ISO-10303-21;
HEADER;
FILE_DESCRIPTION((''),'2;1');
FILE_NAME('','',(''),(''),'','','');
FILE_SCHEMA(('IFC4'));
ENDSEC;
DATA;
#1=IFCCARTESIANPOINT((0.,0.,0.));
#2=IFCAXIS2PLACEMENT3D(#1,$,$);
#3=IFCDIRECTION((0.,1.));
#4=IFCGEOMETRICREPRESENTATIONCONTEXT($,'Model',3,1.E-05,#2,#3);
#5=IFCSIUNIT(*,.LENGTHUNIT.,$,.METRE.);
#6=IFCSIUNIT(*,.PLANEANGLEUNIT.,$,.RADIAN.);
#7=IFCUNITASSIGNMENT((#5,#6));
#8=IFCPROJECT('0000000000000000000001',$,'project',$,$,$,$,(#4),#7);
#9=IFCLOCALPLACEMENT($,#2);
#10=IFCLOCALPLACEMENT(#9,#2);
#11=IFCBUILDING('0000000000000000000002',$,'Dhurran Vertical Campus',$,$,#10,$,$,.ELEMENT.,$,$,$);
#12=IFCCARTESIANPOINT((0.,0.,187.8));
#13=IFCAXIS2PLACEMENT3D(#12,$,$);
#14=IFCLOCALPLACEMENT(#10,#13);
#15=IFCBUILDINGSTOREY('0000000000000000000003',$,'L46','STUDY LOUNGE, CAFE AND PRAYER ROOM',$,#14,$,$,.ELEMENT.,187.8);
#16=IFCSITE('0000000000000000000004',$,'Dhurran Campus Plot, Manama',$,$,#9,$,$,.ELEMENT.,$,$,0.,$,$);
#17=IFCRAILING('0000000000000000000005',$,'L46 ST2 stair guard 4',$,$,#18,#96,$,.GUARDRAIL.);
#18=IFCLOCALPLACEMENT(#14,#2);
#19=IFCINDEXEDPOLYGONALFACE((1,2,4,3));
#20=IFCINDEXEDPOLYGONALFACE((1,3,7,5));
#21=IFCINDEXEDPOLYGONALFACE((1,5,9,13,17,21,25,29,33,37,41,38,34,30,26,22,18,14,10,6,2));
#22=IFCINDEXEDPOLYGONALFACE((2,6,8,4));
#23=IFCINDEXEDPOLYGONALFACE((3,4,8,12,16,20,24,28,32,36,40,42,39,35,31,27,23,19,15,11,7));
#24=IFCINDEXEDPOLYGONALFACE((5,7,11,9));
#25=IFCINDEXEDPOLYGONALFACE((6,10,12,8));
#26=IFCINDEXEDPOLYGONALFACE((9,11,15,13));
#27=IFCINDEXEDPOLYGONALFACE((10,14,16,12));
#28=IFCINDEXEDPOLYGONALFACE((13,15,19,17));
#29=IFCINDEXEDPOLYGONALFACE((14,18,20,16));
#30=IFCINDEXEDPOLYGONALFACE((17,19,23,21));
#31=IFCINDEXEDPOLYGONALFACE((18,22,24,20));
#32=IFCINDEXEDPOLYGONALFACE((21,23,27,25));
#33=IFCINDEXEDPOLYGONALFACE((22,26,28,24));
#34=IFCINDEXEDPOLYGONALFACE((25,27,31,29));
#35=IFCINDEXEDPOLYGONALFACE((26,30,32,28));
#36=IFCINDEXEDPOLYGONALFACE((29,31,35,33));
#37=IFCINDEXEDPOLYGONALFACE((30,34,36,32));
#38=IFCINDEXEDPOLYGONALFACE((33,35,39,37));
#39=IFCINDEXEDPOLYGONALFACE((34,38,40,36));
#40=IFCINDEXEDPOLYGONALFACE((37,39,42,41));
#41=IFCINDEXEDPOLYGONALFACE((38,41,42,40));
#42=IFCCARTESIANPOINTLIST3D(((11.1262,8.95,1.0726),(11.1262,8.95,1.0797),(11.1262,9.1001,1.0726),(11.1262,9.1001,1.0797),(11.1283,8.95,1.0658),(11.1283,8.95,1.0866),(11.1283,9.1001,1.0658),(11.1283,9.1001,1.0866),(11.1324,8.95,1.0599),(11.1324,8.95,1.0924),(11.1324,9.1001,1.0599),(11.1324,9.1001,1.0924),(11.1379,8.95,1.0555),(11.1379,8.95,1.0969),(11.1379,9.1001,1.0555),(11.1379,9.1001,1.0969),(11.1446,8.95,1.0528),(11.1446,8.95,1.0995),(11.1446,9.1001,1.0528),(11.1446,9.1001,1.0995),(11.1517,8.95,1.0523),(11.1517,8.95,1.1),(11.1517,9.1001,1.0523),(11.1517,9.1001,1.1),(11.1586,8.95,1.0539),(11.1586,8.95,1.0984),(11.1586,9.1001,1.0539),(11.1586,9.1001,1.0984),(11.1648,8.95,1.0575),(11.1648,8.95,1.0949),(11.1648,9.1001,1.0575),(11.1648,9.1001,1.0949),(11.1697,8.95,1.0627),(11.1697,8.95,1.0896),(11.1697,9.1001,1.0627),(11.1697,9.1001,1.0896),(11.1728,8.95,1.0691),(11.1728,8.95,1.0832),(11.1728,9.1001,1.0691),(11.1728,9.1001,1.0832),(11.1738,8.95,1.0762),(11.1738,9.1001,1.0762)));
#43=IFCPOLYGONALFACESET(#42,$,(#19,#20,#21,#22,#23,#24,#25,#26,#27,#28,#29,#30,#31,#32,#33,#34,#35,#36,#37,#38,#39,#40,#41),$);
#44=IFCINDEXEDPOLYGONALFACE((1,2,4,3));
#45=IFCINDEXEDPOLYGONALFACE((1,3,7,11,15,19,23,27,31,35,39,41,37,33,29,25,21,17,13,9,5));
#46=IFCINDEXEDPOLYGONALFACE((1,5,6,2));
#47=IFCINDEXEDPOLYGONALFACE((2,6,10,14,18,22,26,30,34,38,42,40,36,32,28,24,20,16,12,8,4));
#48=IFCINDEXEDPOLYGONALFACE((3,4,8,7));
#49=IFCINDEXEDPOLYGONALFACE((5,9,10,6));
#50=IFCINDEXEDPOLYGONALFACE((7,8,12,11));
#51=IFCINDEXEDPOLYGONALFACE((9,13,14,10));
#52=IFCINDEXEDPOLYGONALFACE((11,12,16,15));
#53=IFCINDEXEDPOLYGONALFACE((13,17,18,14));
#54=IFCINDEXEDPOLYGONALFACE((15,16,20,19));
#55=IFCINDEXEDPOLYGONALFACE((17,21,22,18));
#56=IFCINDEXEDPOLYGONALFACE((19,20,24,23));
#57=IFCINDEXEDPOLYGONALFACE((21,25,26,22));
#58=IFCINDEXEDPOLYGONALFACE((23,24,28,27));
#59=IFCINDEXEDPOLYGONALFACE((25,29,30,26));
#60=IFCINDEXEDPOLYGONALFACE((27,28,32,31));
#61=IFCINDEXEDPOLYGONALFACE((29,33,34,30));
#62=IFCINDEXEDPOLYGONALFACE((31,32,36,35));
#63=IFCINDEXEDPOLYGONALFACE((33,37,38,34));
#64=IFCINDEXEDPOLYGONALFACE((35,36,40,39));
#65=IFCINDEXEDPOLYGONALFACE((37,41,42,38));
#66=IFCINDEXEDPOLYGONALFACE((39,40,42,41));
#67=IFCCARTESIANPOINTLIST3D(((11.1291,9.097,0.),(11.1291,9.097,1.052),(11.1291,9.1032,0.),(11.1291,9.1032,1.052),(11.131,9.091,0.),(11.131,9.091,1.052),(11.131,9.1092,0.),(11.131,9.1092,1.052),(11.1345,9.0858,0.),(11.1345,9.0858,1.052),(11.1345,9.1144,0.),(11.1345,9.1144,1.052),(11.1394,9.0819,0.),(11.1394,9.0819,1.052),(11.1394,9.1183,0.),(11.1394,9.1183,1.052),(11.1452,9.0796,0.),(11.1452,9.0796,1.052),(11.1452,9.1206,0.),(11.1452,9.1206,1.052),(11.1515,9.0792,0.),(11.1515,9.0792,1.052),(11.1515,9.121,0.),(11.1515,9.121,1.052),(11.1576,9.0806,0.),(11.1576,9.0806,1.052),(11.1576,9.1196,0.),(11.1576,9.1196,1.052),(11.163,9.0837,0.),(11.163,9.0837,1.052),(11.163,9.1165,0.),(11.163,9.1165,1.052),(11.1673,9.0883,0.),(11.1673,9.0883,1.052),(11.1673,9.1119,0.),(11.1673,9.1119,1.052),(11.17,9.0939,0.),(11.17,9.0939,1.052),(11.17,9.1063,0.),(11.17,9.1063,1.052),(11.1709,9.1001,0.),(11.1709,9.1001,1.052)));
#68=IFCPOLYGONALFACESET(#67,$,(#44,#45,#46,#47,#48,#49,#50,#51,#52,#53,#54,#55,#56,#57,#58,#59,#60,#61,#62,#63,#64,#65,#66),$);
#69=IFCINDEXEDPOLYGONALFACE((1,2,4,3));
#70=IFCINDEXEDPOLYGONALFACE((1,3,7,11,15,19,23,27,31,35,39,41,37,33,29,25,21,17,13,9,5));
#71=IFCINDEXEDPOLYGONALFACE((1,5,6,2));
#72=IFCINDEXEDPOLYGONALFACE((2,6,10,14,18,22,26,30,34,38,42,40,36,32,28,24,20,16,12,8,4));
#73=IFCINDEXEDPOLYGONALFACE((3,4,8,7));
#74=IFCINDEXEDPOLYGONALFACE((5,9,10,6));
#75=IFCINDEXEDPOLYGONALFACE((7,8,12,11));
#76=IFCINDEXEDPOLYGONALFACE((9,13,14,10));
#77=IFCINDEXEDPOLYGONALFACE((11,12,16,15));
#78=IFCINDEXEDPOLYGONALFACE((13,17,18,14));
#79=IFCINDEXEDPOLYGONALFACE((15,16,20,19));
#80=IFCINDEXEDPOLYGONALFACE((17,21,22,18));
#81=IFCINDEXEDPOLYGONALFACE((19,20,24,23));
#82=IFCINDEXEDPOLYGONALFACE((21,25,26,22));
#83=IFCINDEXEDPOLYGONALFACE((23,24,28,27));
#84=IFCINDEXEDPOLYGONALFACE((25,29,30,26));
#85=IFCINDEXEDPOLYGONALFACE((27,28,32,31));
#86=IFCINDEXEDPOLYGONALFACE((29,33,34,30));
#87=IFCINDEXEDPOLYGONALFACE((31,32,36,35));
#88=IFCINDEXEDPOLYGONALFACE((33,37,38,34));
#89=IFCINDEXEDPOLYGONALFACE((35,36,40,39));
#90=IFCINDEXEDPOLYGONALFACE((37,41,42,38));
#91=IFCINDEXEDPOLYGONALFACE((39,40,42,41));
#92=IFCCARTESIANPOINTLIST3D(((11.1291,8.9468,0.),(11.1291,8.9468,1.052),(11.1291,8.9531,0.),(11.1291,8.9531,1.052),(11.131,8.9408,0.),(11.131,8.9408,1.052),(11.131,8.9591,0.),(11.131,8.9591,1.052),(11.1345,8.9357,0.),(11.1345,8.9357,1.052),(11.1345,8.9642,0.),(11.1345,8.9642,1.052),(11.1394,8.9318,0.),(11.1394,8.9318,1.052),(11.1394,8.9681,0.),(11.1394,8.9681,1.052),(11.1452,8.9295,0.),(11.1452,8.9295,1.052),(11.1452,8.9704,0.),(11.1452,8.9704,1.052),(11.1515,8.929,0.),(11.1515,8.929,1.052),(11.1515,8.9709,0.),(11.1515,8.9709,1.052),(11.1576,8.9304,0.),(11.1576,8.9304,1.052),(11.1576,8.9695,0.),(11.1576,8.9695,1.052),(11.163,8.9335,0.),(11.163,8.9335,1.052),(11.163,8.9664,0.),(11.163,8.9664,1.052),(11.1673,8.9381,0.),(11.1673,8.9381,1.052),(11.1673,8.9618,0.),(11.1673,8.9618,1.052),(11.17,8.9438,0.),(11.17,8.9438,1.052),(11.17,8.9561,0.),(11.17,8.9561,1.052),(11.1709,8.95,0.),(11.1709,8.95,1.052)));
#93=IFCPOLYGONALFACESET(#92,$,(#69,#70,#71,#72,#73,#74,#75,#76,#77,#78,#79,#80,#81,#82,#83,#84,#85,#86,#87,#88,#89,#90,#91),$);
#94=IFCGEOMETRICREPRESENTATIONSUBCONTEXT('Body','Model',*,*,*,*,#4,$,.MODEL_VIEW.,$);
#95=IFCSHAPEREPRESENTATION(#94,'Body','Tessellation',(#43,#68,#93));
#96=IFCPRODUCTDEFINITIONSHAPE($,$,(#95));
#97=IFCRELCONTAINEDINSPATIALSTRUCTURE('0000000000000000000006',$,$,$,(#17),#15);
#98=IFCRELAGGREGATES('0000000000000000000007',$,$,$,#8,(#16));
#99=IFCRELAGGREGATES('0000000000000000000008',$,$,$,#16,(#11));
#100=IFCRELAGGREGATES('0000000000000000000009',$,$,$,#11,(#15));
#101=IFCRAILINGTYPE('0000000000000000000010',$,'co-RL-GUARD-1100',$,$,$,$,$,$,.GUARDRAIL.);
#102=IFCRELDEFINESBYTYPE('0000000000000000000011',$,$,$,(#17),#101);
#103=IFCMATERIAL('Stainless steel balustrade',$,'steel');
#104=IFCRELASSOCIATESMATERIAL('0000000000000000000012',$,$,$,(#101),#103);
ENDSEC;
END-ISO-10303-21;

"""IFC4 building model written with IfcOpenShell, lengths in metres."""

from ifc_helpers import new_model, si_unit, direction, frame, origin, origin_2d, place, context, subcontext, project, spatial, circle, extrude, material, type_object, element, save


model = new_model("IFC4")

# Units and contexts
model_context = context("Model", 3, precision=1e-05, world=origin(), true_north=direction((0.0, 1.0)))
body_context = subcontext(model_context, "Body", "Model", "MODEL_VIEW")
ifc_project = project(units=[si_unit("LENGTHUNIT", "METRE"), si_unit("PLANEANGLEUNIT", "RADIAN")], contexts=[model_context])

# Site, building, storey
site_placement = place(None, origin())
site = spatial("IfcSite", under=ifc_project, at=site_placement, Name="Dhurran Campus Plot, Manama", CompositionType="ELEMENT", RefElevation=0.0)
building_placement = place(site_placement, origin())
building = spatial("IfcBuilding", under=site, at=building_placement, Name="Dhurran Vertical Campus", CompositionType="ELEMENT")
storey_placement = place(building_placement, frame((0.0, 0.0, 187.8)))
storey = spatial("IfcBuildingStorey", under=building, at=storey_placement, Name="L46", Description="STUDY LOUNGE, CAFE AND PRAYER ROOM", CompositionType="ELEMENT", Elevation=187.8)

# Railing
ifc_material_1 = material(Name="Stainless steel balustrade", Category="steel")
railing_type_1 = type_object("IfcRailingType", Name="co-RL-GUARD-1100", PredefinedType="GUARDRAIL", material=ifc_material_1)
railing_1_placement = place(storey_placement, frame((11.1499, 9.1001, 0.0)))
element("IfcRailing", 1, at=railing_1_placement, inside=storey, type_object=railing_type_1, Name="L46 ST2 stair guard 4", PredefinedType="GUARDRAIL", context=body_context, shape_type="SweptSolid", body=[
    extrude(circle(Radius=0.0239, at=origin_2d()), frame((0.0, 0.0, 1.0762), z_axis=(0.0, -1.0, 0.0), x_axis=(1.0, 0.0, 0.0)), (0.0, 0.0, 1.0), 0.1501),
    extrude(circle(Radius=0.021, at=origin_2d()), origin(), (0.0, 0.0, 1.0), 1.052),
    extrude(circle(Radius=0.021, at=origin_2d()), frame((0.0, -0.1501, 0.0)), (0.0, 0.0, 1.0), 1.052),
])

save(model, "model.ifc")
